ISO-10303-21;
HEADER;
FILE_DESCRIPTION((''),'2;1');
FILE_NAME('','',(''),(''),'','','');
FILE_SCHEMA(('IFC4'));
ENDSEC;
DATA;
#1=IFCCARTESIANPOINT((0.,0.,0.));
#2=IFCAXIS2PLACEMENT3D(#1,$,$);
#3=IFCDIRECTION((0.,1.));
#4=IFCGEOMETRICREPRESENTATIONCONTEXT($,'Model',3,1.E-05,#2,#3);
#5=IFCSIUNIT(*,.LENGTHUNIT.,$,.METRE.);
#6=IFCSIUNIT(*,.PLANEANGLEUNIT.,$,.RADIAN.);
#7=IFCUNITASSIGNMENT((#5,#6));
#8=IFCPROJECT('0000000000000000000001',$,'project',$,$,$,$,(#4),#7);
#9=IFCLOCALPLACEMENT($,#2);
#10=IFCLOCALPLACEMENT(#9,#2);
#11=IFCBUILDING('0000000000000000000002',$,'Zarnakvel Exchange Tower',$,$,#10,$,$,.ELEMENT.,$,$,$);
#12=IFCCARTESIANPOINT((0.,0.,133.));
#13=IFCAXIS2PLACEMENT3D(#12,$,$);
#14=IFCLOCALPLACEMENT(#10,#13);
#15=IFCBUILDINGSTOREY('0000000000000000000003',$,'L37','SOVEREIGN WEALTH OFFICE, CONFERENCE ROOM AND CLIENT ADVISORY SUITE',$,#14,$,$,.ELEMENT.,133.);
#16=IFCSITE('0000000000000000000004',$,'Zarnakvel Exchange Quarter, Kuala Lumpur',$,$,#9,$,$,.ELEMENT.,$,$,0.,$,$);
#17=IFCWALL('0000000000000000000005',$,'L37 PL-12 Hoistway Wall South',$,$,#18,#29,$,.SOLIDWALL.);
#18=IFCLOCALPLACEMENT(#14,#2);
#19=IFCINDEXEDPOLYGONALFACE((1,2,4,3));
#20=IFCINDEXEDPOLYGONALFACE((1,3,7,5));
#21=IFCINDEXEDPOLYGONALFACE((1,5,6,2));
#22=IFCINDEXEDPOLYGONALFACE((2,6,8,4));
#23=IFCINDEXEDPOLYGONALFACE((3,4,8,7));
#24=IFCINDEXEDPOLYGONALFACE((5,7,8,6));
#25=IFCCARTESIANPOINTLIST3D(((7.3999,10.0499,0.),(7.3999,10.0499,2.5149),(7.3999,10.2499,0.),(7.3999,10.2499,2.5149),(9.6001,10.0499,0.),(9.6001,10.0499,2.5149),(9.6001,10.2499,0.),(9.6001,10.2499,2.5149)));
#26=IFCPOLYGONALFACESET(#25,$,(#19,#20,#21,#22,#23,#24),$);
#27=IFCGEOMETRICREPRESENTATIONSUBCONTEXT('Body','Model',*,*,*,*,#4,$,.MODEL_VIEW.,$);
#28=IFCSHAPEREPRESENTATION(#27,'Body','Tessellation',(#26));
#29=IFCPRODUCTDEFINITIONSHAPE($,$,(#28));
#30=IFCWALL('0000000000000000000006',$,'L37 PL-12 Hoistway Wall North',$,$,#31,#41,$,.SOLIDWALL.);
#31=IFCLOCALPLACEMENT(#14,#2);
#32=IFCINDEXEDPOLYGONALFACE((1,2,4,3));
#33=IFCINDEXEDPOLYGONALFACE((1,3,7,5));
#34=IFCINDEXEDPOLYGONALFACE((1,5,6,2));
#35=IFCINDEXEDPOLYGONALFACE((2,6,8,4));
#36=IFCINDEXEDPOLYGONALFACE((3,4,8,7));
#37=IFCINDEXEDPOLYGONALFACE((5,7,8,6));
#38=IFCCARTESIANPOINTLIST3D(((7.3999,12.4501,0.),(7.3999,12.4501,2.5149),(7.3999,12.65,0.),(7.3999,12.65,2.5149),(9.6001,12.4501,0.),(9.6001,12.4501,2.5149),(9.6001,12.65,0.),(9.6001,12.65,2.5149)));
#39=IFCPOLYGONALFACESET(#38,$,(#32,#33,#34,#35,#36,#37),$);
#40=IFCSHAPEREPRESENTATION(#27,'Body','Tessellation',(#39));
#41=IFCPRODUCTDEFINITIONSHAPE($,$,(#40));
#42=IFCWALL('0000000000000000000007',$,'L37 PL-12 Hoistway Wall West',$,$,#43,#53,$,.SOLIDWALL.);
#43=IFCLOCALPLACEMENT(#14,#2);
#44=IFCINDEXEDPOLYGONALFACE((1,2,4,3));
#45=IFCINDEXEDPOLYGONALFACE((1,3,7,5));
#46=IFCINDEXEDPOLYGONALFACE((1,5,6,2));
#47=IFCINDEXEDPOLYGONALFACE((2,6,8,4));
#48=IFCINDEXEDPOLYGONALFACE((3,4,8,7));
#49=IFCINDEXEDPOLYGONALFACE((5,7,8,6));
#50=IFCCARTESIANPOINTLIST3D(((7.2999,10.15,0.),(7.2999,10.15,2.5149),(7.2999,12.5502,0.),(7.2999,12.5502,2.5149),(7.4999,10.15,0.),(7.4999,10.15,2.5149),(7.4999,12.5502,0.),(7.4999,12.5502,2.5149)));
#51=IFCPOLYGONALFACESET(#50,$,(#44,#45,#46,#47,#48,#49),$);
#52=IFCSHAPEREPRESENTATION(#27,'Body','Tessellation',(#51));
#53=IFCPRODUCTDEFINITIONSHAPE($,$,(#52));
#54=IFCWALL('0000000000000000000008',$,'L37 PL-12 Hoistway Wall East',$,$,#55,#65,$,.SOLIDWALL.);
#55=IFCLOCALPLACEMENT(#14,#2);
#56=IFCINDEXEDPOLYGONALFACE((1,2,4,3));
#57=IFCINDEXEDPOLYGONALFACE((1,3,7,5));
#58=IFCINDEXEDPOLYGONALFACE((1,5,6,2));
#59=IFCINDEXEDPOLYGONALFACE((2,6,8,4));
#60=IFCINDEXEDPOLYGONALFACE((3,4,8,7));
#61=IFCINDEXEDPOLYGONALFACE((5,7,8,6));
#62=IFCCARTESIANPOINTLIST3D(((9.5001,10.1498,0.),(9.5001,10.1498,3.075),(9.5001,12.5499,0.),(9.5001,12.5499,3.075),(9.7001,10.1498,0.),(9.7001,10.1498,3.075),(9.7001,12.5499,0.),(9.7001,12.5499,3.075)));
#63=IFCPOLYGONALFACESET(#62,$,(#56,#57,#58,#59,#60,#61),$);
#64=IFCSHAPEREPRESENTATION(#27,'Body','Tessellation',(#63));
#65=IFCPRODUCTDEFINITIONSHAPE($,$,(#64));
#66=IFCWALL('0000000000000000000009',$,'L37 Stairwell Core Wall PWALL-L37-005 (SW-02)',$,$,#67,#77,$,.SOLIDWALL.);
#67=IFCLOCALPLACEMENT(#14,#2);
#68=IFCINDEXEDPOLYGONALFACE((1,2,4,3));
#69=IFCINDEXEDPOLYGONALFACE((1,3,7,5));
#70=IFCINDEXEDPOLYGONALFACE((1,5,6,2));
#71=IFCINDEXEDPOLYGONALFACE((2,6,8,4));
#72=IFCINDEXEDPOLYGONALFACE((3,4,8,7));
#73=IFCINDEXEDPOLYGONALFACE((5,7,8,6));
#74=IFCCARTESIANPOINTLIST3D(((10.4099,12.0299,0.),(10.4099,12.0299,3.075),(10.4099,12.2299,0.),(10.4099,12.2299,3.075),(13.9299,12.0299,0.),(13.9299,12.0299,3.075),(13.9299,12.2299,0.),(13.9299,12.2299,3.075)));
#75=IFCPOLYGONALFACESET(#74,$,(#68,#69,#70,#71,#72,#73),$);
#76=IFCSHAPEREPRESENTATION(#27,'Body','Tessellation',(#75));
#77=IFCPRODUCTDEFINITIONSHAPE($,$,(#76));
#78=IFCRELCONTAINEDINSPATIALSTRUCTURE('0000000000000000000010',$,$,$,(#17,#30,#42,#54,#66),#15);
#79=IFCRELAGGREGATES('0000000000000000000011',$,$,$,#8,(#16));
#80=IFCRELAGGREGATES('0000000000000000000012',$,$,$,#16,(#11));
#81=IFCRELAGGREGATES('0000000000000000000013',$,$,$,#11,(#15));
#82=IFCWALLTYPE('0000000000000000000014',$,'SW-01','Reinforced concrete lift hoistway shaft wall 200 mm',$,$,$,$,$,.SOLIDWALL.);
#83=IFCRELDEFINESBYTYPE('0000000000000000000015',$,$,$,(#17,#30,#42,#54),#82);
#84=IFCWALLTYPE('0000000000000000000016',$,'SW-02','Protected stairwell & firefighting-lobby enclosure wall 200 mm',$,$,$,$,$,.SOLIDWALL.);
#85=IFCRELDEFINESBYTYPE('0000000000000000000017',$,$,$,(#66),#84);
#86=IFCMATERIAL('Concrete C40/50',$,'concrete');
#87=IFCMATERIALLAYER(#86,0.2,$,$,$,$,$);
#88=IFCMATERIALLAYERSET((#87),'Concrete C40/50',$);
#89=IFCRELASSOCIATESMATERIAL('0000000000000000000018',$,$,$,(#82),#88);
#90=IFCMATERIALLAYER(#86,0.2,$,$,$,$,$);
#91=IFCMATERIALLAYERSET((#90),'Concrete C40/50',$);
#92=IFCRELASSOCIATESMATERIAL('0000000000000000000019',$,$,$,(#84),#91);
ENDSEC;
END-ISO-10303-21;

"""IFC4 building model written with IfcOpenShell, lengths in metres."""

from ifc_helpers import new_model, si_unit, direction, frame, frame_2d, origin, place, context, subcontext, project, spatial, rectangle, extrude, material, layer, layer_set, type_object, element, save


model = new_model("IFC4")

# Units and contexts
model_context = context("Model", 3, precision=1e-05, world=origin(), true_north=direction((0.0, 1.0)))
body_context = subcontext(model_context, "Body", "Model", "MODEL_VIEW")
ifc_project = project(units=[si_unit("LENGTHUNIT", "METRE"), si_unit("PLANEANGLEUNIT", "RADIAN")], contexts=[model_context])

# Site, building, storey
site_placement = place(None, origin())
site = spatial("IfcSite", under=ifc_project, at=site_placement, Name="Zarnakvel Exchange Quarter, Kuala Lumpur", CompositionType="ELEMENT", RefElevation=0.0)
building_placement = place(site_placement, origin())
building = spatial("IfcBuilding", under=site, at=building_placement, Name="Zarnakvel Exchange Tower", CompositionType="ELEMENT")
storey_placement = place(building_placement, frame((0.0, 0.0, 133.0)))
storey = spatial("IfcBuildingStorey", under=building, at=storey_placement, Name="L37", Description="SOVEREIGN WEALTH OFFICE, CONFERENCE ROOM AND CLIENT ADVISORY SUITE", CompositionType="ELEMENT", Elevation=133.0)

# Walls
ifc_material_1 = material(Name="Concrete C40/50", Category="concrete")
ifc_layer_1 = layer(ifc_material_1, 0.2)
ifc_layer_set_1 = layer_set([ifc_layer_1], Name="Concrete C40/50")
wall_type_1 = type_object("IfcWallType", Name="SW-01", Description="Reinforced concrete lift hoistway shaft wall 200 mm", PredefinedType="SOLIDWALL", material=ifc_layer_set_1)
for number, where, z_axis, x_axis, name in (
    (1, (9.6001, 10.1499, 0.0), (0.0, 0.0, 1.0), (-1.0, 0.0, 0.0), "L37 PL-12 Hoistway Wall South"),
    (2, (7.3999, 12.55, 0.0), (0.0, 0.0, 1.0), (1.0, 0.0, 0.0), "L37 PL-12 Hoistway Wall North"),
):
    element("IfcWall", number, at=place(storey_placement, frame(where, z_axis=z_axis, x_axis=x_axis)), inside=storey, type_object=wall_type_1, Name=name, PredefinedType="SOLIDWALL", context=body_context, shape_type="SweptSolid", body=[
        extrude(rectangle(XDim=2.2002, YDim=0.2, at=frame_2d((1.1001, 0.0))), origin(), (0.0, 0.0, 1.0), 2.5149),
    ])
wall_1_placement = place(storey_placement, frame((7.3999, 10.1499, 0.0), z_axis=(0.0, 0.0, 1.0), x_axis=(0.0, 1.0, 0.0)))
element("IfcWall", 3, at=wall_1_placement, inside=storey, type_object=wall_type_1, Name="L37 PL-12 Hoistway Wall West", PredefinedType="SOLIDWALL", context=body_context, shape_type="SweptSolid", body=[
    extrude(rectangle(XDim=2.4001, YDim=0.2, at=frame_2d((1.2002, 0.0))), origin(), (0.0, 0.0, 1.0), 2.5149),
])
wall_2_placement = place(storey_placement, frame((9.6001, 12.55, 0.0), z_axis=(0.0, 0.0, 1.0), x_axis=(0.0, -1.0, 0.0)))
element("IfcWall", 4, at=wall_2_placement, inside=storey, type_object=wall_type_1, Name="L37 PL-12 Hoistway Wall East", PredefinedType="SOLIDWALL", context=body_context, shape_type="SweptSolid", body=[
    extrude(rectangle(XDim=2.4001, YDim=0.2, at=frame_2d((1.2002, 0.0))), origin(), (0.0, 0.0, 1.0), 3.075),
])
ifc_layer_2 = layer(ifc_material_1, 0.2)
ifc_layer_set_2 = layer_set([ifc_layer_2], Name="Concrete C40/50")
wall_type_2 = type_object("IfcWallType", Name="SW-02", Description="Protected stairwell & firefighting-lobby enclosure wall 200 mm", PredefinedType="SOLIDWALL", material=ifc_layer_set_2)
wall_3_placement = place(storey_placement, frame((10.4099, 12.1299, 0.0), z_axis=(0.0, 0.0, 1.0), x_axis=(1.0, 0.0, 0.0)))
element("IfcWall", 5, at=wall_3_placement, inside=storey, type_object=wall_type_2, Name="L37 Stairwell Core Wall PWALL-L37-005 (SW-02)", PredefinedType="SOLIDWALL", context=body_context, shape_type="SweptSolid", body=[
    extrude(rectangle(XDim=3.52, YDim=0.2, at=frame_2d((1.76, 0.0))), origin(), (0.0, 0.0, 1.0), 3.075),
])

save(model, "model.ifc")
